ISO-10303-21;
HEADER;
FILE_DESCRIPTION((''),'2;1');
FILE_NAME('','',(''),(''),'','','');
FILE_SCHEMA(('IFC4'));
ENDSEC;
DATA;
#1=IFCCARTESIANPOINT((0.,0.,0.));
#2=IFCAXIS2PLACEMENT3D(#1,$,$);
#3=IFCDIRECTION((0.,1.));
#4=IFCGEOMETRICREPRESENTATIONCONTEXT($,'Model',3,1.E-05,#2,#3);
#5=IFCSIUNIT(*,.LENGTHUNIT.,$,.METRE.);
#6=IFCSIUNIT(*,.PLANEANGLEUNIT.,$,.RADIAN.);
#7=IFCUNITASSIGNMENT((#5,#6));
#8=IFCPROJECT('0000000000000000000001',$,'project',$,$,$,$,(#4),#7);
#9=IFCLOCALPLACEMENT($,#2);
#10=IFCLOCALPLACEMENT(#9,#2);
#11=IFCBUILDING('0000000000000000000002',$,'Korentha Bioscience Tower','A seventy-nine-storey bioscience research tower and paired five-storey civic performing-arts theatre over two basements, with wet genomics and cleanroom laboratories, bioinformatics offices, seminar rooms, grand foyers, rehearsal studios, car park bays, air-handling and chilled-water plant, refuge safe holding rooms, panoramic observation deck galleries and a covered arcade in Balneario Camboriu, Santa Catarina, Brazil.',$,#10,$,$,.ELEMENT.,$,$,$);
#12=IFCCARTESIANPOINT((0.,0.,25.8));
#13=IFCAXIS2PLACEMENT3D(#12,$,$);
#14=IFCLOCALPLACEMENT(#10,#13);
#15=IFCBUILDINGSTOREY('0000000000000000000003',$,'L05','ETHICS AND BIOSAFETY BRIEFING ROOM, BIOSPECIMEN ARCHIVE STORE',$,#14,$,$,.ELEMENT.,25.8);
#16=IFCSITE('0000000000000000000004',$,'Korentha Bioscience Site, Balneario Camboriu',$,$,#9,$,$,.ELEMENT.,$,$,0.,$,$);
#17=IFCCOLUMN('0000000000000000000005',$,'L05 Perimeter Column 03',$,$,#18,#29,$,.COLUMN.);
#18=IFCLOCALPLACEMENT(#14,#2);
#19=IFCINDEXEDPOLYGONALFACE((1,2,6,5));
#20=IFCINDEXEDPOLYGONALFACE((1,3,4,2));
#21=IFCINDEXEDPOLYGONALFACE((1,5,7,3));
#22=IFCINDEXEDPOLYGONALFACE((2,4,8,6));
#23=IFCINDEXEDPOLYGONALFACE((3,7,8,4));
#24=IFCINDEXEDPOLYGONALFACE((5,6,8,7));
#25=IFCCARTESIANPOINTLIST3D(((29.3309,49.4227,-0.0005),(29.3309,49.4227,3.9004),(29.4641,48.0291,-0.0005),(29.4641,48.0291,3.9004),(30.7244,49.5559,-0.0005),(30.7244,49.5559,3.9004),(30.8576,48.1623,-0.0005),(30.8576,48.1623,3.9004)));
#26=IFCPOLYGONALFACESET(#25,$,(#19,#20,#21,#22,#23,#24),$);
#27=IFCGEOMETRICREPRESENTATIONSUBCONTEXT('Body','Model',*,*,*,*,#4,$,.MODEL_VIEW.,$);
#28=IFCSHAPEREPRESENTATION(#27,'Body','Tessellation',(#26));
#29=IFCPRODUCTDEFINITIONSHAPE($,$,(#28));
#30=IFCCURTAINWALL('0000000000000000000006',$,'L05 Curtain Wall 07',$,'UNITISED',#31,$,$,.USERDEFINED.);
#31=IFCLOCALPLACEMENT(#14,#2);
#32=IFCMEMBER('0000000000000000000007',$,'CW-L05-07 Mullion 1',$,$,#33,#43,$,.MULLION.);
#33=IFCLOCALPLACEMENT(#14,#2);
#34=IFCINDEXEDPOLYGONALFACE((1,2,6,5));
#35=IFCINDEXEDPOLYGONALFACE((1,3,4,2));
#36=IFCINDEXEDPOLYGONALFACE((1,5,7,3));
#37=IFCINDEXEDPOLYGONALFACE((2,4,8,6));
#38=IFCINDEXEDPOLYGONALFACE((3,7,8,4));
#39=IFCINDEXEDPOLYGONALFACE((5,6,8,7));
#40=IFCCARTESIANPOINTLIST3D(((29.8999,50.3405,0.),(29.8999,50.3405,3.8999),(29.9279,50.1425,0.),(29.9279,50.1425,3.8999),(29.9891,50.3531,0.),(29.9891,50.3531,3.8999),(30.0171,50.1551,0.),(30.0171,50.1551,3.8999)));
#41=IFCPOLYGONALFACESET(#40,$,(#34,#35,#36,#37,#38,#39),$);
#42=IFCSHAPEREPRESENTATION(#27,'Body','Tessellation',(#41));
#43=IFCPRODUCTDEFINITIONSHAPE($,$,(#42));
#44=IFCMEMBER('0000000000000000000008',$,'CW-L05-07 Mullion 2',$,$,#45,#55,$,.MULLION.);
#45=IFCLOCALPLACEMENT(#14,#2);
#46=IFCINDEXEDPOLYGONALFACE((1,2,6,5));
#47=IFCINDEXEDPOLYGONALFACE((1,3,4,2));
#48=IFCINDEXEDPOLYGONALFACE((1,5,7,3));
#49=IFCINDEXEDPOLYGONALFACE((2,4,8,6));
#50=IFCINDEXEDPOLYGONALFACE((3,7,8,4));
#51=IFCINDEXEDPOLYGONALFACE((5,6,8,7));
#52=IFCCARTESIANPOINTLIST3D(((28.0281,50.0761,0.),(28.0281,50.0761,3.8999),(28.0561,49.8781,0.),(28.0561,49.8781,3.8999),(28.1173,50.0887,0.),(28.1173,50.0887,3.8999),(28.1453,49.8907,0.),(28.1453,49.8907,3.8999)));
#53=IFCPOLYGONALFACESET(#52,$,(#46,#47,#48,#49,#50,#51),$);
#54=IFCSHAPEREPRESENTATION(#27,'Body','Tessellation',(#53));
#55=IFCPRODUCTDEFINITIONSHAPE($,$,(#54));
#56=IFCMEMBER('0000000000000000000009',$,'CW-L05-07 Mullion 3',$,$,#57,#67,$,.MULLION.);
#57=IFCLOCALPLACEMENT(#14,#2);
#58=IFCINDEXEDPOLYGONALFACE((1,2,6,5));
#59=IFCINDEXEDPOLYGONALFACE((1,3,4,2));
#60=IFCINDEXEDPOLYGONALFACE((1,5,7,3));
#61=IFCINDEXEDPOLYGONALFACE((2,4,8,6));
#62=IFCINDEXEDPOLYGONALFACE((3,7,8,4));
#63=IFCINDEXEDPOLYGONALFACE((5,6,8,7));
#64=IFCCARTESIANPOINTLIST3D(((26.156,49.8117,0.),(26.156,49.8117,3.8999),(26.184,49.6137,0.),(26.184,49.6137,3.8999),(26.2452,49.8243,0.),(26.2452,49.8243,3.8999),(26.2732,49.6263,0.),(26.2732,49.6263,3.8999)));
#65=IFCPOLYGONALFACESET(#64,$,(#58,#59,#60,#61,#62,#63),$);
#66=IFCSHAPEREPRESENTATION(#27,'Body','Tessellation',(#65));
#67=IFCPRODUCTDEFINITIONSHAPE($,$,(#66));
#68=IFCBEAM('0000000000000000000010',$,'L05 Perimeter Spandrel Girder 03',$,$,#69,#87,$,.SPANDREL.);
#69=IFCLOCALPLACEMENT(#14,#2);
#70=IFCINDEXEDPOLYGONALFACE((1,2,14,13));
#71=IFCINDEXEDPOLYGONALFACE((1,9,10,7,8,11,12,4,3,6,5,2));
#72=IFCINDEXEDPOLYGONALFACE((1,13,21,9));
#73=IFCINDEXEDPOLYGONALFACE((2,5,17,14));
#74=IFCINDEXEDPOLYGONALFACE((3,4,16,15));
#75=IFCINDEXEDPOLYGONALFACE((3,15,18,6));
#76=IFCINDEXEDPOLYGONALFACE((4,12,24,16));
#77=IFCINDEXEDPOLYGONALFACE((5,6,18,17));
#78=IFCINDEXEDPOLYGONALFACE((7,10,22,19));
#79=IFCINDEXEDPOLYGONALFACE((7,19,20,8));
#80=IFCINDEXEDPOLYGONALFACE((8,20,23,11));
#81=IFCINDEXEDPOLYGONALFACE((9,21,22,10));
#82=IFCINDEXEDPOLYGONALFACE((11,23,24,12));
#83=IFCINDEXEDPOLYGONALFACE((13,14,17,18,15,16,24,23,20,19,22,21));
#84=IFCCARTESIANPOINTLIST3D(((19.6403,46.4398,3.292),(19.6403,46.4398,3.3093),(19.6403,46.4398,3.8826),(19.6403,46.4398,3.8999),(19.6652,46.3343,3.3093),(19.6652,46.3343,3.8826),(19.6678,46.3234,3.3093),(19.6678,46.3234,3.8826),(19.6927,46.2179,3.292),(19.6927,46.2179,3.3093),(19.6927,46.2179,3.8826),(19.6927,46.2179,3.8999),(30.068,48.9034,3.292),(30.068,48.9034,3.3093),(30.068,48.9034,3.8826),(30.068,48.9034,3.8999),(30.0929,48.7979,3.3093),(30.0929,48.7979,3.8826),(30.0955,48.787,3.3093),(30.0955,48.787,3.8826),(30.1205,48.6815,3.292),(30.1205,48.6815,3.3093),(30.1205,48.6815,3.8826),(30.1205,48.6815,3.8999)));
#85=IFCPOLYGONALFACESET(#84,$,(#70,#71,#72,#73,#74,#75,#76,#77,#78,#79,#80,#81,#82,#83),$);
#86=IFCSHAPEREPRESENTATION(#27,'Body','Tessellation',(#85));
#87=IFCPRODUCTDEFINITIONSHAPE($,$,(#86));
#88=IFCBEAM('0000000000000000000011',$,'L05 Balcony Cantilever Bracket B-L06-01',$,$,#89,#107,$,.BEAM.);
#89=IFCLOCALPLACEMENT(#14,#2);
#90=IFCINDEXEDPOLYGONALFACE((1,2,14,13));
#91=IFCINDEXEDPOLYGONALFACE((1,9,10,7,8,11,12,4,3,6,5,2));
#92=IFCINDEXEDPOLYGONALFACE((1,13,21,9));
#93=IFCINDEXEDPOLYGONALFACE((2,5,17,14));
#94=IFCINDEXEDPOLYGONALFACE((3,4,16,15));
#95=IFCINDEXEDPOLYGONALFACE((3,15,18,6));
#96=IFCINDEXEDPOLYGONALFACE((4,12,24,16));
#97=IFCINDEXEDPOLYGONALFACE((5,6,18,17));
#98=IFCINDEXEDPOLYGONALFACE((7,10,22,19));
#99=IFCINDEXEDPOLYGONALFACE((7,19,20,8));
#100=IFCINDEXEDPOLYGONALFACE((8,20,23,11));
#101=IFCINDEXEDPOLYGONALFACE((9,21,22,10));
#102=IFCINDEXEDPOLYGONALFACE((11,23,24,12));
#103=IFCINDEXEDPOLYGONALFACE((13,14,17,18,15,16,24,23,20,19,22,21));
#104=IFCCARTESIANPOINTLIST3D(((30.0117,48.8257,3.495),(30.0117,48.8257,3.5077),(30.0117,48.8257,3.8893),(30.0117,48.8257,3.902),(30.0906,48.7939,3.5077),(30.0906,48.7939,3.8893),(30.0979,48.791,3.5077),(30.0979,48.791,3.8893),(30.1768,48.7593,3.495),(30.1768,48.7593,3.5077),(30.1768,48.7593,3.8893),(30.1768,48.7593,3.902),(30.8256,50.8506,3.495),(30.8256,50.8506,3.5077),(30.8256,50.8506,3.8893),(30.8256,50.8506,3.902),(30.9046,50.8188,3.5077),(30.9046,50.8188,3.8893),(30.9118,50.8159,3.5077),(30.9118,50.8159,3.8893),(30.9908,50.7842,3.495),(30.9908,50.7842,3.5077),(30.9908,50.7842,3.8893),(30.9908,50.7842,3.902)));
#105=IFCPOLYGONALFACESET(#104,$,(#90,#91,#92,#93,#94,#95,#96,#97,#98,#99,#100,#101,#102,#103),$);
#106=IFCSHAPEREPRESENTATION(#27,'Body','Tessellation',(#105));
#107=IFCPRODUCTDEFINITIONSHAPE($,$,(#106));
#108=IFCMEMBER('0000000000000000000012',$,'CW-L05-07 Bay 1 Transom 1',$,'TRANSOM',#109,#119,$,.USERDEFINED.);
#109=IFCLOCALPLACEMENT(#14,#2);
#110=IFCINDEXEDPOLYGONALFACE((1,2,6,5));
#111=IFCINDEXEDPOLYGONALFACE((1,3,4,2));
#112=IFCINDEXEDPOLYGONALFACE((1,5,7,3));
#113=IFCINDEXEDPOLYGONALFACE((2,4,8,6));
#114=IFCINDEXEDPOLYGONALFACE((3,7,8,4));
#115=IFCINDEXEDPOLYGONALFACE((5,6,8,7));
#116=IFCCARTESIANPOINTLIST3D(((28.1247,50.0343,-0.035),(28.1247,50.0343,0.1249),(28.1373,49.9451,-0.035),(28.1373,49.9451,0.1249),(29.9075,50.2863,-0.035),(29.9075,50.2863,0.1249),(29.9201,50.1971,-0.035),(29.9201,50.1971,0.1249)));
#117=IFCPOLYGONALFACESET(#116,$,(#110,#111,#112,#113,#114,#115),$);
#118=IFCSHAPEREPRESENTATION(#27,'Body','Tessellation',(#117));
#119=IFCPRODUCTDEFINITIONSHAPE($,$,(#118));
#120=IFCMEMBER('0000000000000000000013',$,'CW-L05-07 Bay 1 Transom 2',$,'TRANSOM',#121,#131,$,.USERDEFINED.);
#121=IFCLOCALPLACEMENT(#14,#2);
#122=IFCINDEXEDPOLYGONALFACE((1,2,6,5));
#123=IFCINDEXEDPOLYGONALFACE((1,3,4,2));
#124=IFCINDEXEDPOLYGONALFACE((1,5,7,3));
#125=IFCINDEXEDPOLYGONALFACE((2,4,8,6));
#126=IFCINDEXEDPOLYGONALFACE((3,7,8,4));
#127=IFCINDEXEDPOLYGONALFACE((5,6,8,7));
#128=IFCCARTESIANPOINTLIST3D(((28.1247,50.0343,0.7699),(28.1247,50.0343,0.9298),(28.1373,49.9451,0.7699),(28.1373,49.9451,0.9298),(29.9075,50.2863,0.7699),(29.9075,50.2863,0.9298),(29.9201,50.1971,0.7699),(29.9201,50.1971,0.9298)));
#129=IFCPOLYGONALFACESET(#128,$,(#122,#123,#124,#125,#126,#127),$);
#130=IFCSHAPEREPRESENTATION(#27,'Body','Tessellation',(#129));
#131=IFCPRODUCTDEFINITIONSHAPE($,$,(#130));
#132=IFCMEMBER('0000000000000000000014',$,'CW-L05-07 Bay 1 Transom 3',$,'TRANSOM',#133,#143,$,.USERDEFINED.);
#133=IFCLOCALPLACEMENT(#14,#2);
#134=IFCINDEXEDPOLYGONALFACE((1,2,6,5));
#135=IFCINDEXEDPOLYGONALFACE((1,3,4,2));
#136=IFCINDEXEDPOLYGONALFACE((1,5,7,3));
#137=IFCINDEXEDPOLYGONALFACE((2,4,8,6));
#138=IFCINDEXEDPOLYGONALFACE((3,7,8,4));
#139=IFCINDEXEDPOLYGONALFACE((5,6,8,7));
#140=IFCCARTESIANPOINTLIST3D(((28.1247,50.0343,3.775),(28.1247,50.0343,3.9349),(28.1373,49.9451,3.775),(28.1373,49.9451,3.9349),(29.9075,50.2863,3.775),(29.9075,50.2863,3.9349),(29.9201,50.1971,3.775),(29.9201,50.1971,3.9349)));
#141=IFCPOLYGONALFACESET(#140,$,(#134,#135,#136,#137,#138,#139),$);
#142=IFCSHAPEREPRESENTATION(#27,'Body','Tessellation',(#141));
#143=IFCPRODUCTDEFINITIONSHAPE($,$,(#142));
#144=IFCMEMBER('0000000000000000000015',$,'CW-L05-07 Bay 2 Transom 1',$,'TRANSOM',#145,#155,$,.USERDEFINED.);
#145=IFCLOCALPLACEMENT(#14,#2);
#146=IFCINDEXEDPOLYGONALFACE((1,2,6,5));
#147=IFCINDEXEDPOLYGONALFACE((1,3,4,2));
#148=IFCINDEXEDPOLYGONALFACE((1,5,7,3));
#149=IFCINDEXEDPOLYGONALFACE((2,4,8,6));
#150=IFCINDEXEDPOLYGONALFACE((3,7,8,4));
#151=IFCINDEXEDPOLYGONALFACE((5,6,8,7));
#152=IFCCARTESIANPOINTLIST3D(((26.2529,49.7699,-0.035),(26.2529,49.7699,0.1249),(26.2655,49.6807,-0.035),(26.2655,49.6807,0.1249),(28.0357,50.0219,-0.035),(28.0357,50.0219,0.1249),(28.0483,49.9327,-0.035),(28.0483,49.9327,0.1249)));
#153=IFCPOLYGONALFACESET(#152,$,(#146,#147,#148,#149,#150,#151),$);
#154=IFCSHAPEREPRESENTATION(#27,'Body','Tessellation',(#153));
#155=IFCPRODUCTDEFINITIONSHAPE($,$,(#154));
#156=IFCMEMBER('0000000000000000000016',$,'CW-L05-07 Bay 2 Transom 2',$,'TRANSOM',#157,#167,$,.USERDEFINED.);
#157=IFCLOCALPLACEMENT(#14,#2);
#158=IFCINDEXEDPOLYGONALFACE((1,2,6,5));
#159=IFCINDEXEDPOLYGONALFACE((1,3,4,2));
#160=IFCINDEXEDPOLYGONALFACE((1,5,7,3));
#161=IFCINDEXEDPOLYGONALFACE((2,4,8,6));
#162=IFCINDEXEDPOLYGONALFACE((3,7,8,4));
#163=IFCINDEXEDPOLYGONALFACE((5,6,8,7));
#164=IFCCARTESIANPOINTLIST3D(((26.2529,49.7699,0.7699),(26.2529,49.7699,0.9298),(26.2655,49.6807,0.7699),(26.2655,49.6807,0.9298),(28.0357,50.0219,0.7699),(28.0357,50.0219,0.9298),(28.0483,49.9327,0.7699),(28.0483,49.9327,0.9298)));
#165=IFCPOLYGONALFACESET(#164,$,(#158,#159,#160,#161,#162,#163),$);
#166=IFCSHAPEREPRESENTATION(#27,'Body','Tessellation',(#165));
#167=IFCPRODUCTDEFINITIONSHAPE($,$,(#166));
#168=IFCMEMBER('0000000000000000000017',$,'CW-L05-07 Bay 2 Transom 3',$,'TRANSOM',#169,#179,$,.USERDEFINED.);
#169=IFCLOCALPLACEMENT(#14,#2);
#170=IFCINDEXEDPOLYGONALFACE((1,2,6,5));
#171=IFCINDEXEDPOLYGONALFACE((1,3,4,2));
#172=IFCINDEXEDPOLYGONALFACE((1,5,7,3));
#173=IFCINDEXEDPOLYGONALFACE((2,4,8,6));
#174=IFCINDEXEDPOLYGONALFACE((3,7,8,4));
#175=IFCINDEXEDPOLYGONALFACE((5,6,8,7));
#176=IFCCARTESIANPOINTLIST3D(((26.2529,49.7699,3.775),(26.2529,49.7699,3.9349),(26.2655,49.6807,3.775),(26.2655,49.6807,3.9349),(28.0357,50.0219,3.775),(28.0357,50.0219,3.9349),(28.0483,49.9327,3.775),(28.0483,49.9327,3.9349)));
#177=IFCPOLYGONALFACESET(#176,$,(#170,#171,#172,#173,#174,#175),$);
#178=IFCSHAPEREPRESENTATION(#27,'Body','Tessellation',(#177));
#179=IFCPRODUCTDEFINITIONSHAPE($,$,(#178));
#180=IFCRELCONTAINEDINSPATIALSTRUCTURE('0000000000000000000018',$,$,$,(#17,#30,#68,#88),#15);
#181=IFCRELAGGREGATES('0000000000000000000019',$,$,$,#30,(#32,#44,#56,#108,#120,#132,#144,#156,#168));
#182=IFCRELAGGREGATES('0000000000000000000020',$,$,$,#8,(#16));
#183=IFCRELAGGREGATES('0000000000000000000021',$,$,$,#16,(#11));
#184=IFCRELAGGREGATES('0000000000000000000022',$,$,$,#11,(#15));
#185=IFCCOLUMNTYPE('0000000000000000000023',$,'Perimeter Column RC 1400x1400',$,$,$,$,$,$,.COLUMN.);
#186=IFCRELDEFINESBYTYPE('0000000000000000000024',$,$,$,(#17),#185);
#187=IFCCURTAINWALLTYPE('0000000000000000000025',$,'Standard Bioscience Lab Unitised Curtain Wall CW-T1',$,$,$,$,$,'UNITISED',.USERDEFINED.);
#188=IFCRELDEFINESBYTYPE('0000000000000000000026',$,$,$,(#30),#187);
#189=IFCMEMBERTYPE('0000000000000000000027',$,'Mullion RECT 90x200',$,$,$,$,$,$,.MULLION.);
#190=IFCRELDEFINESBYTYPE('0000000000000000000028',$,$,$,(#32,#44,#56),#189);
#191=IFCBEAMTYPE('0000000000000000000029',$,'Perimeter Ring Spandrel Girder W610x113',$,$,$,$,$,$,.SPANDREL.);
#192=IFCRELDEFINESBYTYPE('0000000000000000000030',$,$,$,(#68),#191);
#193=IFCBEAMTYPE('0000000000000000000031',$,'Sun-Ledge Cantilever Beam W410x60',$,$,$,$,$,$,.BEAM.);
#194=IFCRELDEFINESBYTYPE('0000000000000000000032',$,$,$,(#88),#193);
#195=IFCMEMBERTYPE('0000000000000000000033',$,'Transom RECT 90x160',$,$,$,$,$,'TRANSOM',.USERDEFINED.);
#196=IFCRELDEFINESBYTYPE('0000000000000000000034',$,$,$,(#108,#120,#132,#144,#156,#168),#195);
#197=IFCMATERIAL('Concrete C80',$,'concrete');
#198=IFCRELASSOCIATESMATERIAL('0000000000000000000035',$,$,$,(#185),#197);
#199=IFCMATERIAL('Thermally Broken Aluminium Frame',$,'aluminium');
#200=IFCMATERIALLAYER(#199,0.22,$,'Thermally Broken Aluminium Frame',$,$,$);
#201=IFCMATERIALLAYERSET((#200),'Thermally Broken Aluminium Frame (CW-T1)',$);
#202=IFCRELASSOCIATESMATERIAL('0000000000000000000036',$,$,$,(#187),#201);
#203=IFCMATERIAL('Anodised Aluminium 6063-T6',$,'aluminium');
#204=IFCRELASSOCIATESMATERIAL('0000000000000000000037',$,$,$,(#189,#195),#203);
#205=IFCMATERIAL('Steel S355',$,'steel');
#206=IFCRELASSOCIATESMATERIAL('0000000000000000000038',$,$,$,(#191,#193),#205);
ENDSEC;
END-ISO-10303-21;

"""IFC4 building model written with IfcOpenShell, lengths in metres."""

from ifc_helpers import new_model, si_unit, direction, frame, origin, origin_2d, place, context, subcontext, project, spatial, rectangle, i_section, extrude, material, layer, layer_set, material_profile, profile_set, type_object, element, aggregate, save


model = new_model("IFC4")

# Units and contexts
model_context = context("Model", 3, precision=1e-05, world=origin(), true_north=direction((0.0, 1.0)))
body_context = subcontext(model_context, "Body", "Model", "MODEL_VIEW")
ifc_project = project(units=[si_unit("LENGTHUNIT", "METRE"), si_unit("PLANEANGLEUNIT", "RADIAN")], contexts=[model_context])

# Site, building, storey
site_placement = place(None, origin())
site = spatial("IfcSite", under=ifc_project, at=site_placement, Name="Korentha Bioscience Site, Balneario Camboriu", CompositionType="ELEMENT", RefElevation=0.0)
building_placement = place(site_placement, origin())
building = spatial("IfcBuilding", under=site, at=building_placement, Name="Korentha Bioscience Tower", Description="A seventy-nine-storey bioscience research tower and paired five-storey civic performing-arts theatre over two basements, with wet genomics and cleanroom laboratories, bioinformatics offices, seminar rooms, grand foyers, rehearsal studios, car park bays, air-handling and chilled-water plant, refuge safe holding rooms, panoramic observation deck galleries and a covered arcade in Balneario Camboriu, Santa Catarina, Brazil.", CompositionType="ELEMENT")
storey_placement = place(building_placement, frame((0.0, 0.0, 25.8)))
storey = spatial("IfcBuildingStorey", under=building, at=storey_placement, Name="L05", Description="ETHICS AND BIOSAFETY BRIEFING ROOM, BIOSPECIMEN ARCHIVE STORE", CompositionType="ELEMENT", Elevation=25.8)

# Column
ifc_material_1 = material(Name="Concrete C80", Category="concrete")
ifc_material_profile_1 = material_profile(ifc_material_1, rectangle(XDim=1.3999, YDim=1.3999, at=origin_2d()), Name="Concrete C80")
ifc_profile_set_1 = profile_set([ifc_material_profile_1], Name="Concrete C80 (COL-P14)")
column_type = type_object("IfcColumnType", Name="Perimeter Column RC 1400x1400", PredefinedType="COLUMN", material=ifc_profile_set_1)
column_placement = place(storey_placement, frame((30.0942, 48.7925, -0.0005), z_axis=(0.0, 0.0, 1.0), x_axis=(0.995463, 0.095151, 0.0)))
element("IfcColumn", 1, at=column_placement, inside=storey, type_object=column_type, Name="L05 Perimeter Column 03", PredefinedType="COLUMN", context=body_context, shape_type="SweptSolid", body=[
    extrude(rectangle(XDim=1.3999, YDim=1.3999, at=origin_2d()), origin(), (0.0, 0.0, 1.0), 3.9009),
])

# Curtain wall, members
ifc_material_2 = material(Name="Thermally Broken Aluminium Frame", Category="aluminium")
ifc_layer_1 = layer(ifc_material_2, 0.22, Name="Thermally Broken Aluminium Frame")
ifc_layer_set_1 = layer_set([ifc_layer_1], Name="Thermally Broken Aluminium Frame (CW-T1)")
curtain_wall_type = type_object("IfcCurtainWallType", Name="Standard Bioscience Lab Unitised Curtain Wall CW-T1", ElementType="UNITISED", PredefinedType="USERDEFINED", material=ifc_layer_set_1)
curtain_wall_placement = place(storey_placement, origin())
curtain_wall = element("IfcCurtainWall", 2, at=curtain_wall_placement, inside=storey, type_object=curtain_wall_type, Name="L05 Curtain Wall 07", ObjectType="UNITISED", PredefinedType="USERDEFINED")
ifc_material_3 = material(Name="Anodised Aluminium 6063-T6", Category="aluminium")
ifc_material_profile_2 = material_profile(ifc_material_3, rectangle(XDim=0.0901, YDim=0.2, at=origin_2d()), Name="Anodised Aluminium 6063-T6")
ifc_profile_set_2 = profile_set([ifc_material_profile_2], Name="Anodised Aluminium 6063-T6 (CW-MUL)")
member_type_1 = type_object("IfcMemberType", Name="Mullion RECT 90x200", PredefinedType="MULLION", material=ifc_profile_set_2)
member_1_placement = place(storey_placement, frame((29.9585, 50.2478, 0.0), z_axis=(0.0, 0.0, 1.0), x_axis=(-0.990167, -0.139888, 0.0)))
member_1 = element("IfcMember", 3, at=member_1_placement, type_object=member_type_1, Name="CW-L05-07 Mullion 1", PredefinedType="MULLION", context=body_context, shape_type="SweptSolid", body=[
    extrude(rectangle(XDim=0.0901, YDim=0.2, at=origin_2d()), origin(), (0.0, 0.0, 1.0), 3.8999),
])
member_2_placement = place(storey_placement, frame((28.0867, 49.9834, 0.0), z_axis=(0.0, 0.0, 1.0), x_axis=(-0.990167, -0.139888, 0.0)))
member_2 = element("IfcMember", 4, at=member_2_placement, type_object=member_type_1, Name="CW-L05-07 Mullion 2", PredefinedType="MULLION", context=body_context, shape_type="SweptSolid", body=[
    extrude(rectangle(XDim=0.0901, YDim=0.2, at=origin_2d()), origin(), (0.0, 0.0, 1.0), 3.8999),
])
member_3_placement = place(storey_placement, frame((26.2146, 49.719, 0.0), z_axis=(0.0, 0.0, 1.0), x_axis=(-0.990167, -0.139888, 0.0)))
member_3 = element("IfcMember", 5, at=member_3_placement, type_object=member_type_1, Name="CW-L05-07 Mullion 3", PredefinedType="MULLION", context=body_context, shape_type="SweptSolid", body=[
    extrude(rectangle(XDim=0.0901, YDim=0.2, at=origin_2d()), origin(), (0.0, 0.0, 1.0), 3.8999),
])

# Beams
ifc_material_4 = material(Name="Steel S355", Category="steel")
ifc_material_profile_3 = material_profile(ifc_material_4, i_section(OverallWidth=0.228, OverallDepth=0.6079, WebThickness=0.0112, FlangeThickness=0.0173, at=origin_2d()), Name="Steel S355")
ifc_profile_set_3 = profile_set([ifc_material_profile_3], Name="Steel S355 (SB-610)")
beam_type_1 = type_object("IfcBeamType", Name="Perimeter Ring Spandrel Girder W610x113", PredefinedType="SPANDREL", material=ifc_profile_set_3)
beam_1_placement = place(storey_placement, frame((30.0942, 48.7925, 3.5959), z_axis=(-0.973208, -0.229927, 0.0), x_axis=(0.229927, -0.973208, 0.0)))
element("IfcBeam", 6, at=beam_1_placement, inside=storey, type_object=beam_type_1, Name="L05 Perimeter Spandrel Girder 03", PredefinedType="SPANDREL", context=body_context, shape_type="SweptSolid", body=[
    extrude(i_section(OverallWidth=0.228, OverallDepth=0.6079, WebThickness=0.0112, FlangeThickness=0.0173, at=origin_2d()), origin(), (0.0, 0.0, 1.0), 10.7148),
])
ifc_material_profile_4 = material_profile(ifc_material_4, i_section(OverallWidth=0.178, OverallDepth=0.407, WebThickness=0.0078, FlangeThickness=0.0127, at=origin_2d()), Name="Steel S355")
ifc_profile_set_4 = profile_set([ifc_material_profile_4], Name="Steel S355 (CB-410)")
beam_type_2 = type_object("IfcBeamType", Name="Sun-Ledge Cantilever Beam W410x60", PredefinedType="BEAM", material=ifc_profile_set_4)
beam_2_placement = place(storey_placement, frame((30.0942, 48.7925, 3.6985), z_axis=(0.372972, 0.927843, 0.0), x_axis=(-0.927843, 0.372972, 0.0)))
element("IfcBeam", 7, at=beam_2_placement, inside=storey, type_object=beam_type_2, Name="L05 Balcony Cantilever Bracket B-L06-01", PredefinedType="BEAM", context=body_context, shape_type="SweptSolid", body=[
    extrude(i_section(OverallWidth=0.178, OverallDepth=0.407, WebThickness=0.0078, FlangeThickness=0.0127, at=origin_2d()), origin(), (0.0, 0.0, 1.0), 2.1824),
])

# Members
ifc_material_profile_5 = material_profile(ifc_material_3, rectangle(XDim=0.0901, YDim=0.1599, at=origin_2d()), Name="Anodised Aluminium 6063-T6")
ifc_profile_set_5 = profile_set([ifc_material_profile_5], Name="Anodised Aluminium 6063-T6 (CW-TRN)")
member_type_2 = type_object("IfcMemberType", Name="Transom RECT 90x160", ElementType="TRANSOM", PredefinedType="USERDEFINED", material=ifc_profile_set_5)
member_4_placement = place(storey_placement, frame((29.9138, 50.2417, 0.0449), z_axis=(-0.99016, -0.13994, 0.0), x_axis=(0.13994, -0.99016, 0.0)))
member_4 = element("IfcMember", 8, at=member_4_placement, type_object=member_type_2, Name="CW-L05-07 Bay 1 Transom 1", ObjectType="TRANSOM", PredefinedType="USERDEFINED", context=body_context, shape_type="SweptSolid", body=[
    extrude(rectangle(XDim=0.0901, YDim=0.1599, at=origin_2d()), origin(), (0.0, 0.0, 1.0), 1.8005),
])
member_5_placement = place(storey_placement, frame((29.9138, 50.2417, 0.8499), z_axis=(-0.99016, -0.13994, 0.0), x_axis=(0.13994, -0.99016, 0.0)))
member_5 = element("IfcMember", 9, at=member_5_placement, type_object=member_type_2, Name="CW-L05-07 Bay 1 Transom 2", ObjectType="TRANSOM", PredefinedType="USERDEFINED", context=body_context, shape_type="SweptSolid", body=[
    extrude(rectangle(XDim=0.0901, YDim=0.1599, at=origin_2d()), origin(), (0.0, 0.0, 1.0), 1.8005),
])
member_6_placement = place(storey_placement, frame((29.9138, 50.2417, 3.855), z_axis=(-0.99016, -0.13994, 0.0), x_axis=(0.13994, -0.99016, 0.0)))
member_6 = element("IfcMember", 10, at=member_6_placement, type_object=member_type_2, Name="CW-L05-07 Bay 1 Transom 3", ObjectType="TRANSOM", PredefinedType="USERDEFINED", context=body_context, shape_type="SweptSolid", body=[
    extrude(rectangle(XDim=0.0901, YDim=0.1599, at=origin_2d()), origin(), (0.0, 0.0, 1.0), 1.8005),
])
member_7_placement = place(storey_placement, frame((28.042, 49.9773, 0.0449), z_axis=(-0.99016, -0.13994, 0.0), x_axis=(0.13994, -0.99016, 0.0)))
member_7 = element("IfcMember", 11, at=member_7_placement, type_object=member_type_2, Name="CW-L05-07 Bay 2 Transom 1", ObjectType="TRANSOM", PredefinedType="USERDEFINED", context=body_context, shape_type="SweptSolid", body=[
    extrude(rectangle(XDim=0.0901, YDim=0.1599, at=origin_2d()), origin(), (0.0, 0.0, 1.0), 1.8005),
])
member_8_placement = place(storey_placement, frame((28.042, 49.9773, 0.8499), z_axis=(-0.99016, -0.13994, 0.0), x_axis=(0.13994, -0.99016, 0.0)))
member_8 = element("IfcMember", 12, at=member_8_placement, type_object=member_type_2, Name="CW-L05-07 Bay 2 Transom 2", ObjectType="TRANSOM", PredefinedType="USERDEFINED", context=body_context, shape_type="SweptSolid", body=[
    extrude(rectangle(XDim=0.0901, YDim=0.1599, at=origin_2d()), origin(), (0.0, 0.0, 1.0), 1.8005),
])
member_9_placement = place(storey_placement, frame((28.042, 49.9773, 3.855), z_axis=(-0.99016, -0.13994, 0.0), x_axis=(0.13994, -0.99016, 0.0)))
member_9 = element("IfcMember", 13, at=member_9_placement, type_object=member_type_2, Name="CW-L05-07 Bay 2 Transom 3", ObjectType="TRANSOM", PredefinedType="USERDEFINED", context=body_context, shape_type="SweptSolid", body=[
    extrude(rectangle(XDim=0.0901, YDim=0.1599, at=origin_2d()), origin(), (0.0, 0.0, 1.0), 1.8005),
])

aggregate(curtain_wall, [member_1, member_2, member_3, member_4, member_5, member_6, member_7, member_8, member_9])

save(model, "model.ifc")
